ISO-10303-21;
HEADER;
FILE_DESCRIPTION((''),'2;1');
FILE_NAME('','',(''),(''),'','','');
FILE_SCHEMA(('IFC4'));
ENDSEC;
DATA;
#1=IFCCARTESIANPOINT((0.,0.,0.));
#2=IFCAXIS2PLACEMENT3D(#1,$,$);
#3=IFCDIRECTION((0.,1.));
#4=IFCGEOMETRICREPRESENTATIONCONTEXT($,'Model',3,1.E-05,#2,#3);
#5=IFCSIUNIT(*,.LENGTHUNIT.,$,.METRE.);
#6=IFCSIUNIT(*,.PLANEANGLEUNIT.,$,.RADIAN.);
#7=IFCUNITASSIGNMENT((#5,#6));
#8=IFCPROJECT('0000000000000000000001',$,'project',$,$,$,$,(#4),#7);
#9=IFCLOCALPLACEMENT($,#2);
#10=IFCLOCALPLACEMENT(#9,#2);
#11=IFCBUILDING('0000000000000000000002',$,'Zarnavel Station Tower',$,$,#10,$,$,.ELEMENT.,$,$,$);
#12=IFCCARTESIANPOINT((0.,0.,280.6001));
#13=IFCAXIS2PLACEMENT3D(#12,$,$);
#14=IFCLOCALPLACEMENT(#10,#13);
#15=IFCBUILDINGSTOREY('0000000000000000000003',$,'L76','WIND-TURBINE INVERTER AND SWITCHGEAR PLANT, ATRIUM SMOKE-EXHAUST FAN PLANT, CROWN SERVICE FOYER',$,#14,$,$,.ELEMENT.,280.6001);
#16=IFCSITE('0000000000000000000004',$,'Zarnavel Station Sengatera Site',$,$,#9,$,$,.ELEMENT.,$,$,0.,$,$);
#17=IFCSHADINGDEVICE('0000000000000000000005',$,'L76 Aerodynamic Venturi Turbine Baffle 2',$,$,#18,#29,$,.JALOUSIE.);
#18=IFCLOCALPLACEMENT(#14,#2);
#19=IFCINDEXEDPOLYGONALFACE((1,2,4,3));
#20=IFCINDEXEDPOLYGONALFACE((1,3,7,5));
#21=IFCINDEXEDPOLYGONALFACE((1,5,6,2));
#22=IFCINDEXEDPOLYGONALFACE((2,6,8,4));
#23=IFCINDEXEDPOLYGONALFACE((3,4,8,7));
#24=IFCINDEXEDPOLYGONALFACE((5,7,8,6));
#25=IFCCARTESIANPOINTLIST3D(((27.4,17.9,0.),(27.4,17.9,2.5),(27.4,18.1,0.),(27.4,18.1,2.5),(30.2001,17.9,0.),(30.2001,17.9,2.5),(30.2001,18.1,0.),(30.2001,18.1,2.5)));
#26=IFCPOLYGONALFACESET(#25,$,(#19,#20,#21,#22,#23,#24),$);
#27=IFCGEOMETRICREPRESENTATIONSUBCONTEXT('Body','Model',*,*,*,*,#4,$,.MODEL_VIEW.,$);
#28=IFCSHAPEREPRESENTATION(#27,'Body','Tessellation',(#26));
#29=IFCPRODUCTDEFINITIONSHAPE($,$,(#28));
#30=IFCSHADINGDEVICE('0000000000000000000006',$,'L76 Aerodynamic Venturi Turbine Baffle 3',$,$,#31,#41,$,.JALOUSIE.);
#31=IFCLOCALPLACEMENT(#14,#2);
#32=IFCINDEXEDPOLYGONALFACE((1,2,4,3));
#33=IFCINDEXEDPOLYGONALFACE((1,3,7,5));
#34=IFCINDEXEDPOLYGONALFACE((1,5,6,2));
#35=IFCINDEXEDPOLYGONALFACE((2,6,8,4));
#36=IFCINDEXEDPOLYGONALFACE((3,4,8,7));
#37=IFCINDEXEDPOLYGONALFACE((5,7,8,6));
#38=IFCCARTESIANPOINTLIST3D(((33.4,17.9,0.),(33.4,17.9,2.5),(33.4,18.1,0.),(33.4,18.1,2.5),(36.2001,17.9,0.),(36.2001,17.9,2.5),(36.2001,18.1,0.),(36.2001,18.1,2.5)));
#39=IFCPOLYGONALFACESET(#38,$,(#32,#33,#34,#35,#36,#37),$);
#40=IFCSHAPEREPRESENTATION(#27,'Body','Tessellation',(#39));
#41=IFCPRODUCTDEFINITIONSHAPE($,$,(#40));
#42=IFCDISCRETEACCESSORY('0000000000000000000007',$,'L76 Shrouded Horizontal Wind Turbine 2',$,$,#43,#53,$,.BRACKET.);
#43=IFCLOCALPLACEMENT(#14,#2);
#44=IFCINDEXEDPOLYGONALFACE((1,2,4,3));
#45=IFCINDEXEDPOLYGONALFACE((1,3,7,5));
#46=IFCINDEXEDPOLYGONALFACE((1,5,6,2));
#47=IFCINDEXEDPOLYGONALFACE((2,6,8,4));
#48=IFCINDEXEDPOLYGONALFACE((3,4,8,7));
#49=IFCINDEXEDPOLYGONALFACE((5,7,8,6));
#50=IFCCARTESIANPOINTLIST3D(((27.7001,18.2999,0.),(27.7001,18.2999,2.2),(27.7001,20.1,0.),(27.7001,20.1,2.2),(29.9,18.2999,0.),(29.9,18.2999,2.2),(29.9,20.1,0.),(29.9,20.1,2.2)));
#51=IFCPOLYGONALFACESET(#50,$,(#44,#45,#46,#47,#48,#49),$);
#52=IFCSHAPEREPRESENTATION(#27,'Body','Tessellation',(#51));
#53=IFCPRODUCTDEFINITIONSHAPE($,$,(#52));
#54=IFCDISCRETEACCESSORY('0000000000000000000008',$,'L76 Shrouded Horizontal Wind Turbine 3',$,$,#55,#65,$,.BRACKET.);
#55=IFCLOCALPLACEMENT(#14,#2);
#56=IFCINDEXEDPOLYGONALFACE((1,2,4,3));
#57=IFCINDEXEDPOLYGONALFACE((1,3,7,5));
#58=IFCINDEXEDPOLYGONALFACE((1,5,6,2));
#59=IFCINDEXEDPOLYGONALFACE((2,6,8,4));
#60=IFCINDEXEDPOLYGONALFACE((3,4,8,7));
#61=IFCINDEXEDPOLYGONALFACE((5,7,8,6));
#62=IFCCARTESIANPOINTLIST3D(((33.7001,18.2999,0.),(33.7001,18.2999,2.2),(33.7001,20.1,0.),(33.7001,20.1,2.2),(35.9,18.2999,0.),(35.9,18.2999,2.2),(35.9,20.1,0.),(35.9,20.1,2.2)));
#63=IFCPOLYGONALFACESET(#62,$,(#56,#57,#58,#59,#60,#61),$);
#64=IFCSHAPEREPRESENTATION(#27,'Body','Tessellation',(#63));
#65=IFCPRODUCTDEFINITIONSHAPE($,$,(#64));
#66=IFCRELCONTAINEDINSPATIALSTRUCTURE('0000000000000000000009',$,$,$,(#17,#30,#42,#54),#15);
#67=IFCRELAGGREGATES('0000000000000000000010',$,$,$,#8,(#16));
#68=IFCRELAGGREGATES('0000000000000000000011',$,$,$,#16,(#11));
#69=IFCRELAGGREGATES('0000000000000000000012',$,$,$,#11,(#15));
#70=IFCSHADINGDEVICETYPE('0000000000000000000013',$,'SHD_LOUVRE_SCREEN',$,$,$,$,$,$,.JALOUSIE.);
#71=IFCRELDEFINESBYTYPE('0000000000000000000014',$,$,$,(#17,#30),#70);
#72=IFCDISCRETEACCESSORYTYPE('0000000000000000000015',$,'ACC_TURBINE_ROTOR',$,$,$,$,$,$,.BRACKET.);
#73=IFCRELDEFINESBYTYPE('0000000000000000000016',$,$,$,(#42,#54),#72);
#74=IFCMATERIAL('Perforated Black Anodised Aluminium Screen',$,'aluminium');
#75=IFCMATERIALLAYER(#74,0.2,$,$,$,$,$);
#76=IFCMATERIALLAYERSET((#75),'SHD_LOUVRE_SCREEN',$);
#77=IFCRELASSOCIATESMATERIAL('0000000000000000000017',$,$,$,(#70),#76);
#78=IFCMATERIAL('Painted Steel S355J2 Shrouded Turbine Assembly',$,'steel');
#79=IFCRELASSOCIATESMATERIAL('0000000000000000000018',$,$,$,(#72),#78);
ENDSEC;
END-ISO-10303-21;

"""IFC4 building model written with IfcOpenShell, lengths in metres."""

from ifc_helpers import new_model, si_unit, direction, frame, origin, origin_2d, place, context, subcontext, project, spatial, rectangle, extrude, material, layer, layer_set, type_object, element, save


model = new_model("IFC4")

# Units and contexts
model_context = context("Model", 3, precision=1e-05, world=origin(), true_north=direction((0.0, 1.0)))
body_context = subcontext(model_context, "Body", "Model", "MODEL_VIEW")
ifc_project = project(units=[si_unit("LENGTHUNIT", "METRE"), si_unit("PLANEANGLEUNIT", "RADIAN")], contexts=[model_context])

# Site, building, storey
site_placement = place(None, origin())
site = spatial("IfcSite", under=ifc_project, at=site_placement, Name="Zarnavel Station Sengatera Site", CompositionType="ELEMENT", RefElevation=0.0)
building_placement = place(site_placement, origin())
building = spatial("IfcBuilding", under=site, at=building_placement, Name="Zarnavel Station Tower", CompositionType="ELEMENT")
storey_placement = place(building_placement, frame((0.0, 0.0, 280.6001)))
storey = spatial("IfcBuildingStorey", under=building, at=storey_placement, Name="L76", Description="WIND-TURBINE INVERTER AND SWITCHGEAR PLANT, ATRIUM SMOKE-EXHAUST FAN PLANT, CROWN SERVICE FOYER", CompositionType="ELEMENT", Elevation=280.6001)

# Shading devices
ifc_material_1 = material(Name="Perforated Black Anodised Aluminium Screen", Category="aluminium")
ifc_layer_1 = layer(ifc_material_1, 0.2)
ifc_layer_set_1 = layer_set([ifc_layer_1], Name="SHD_LOUVRE_SCREEN")
shading_device_type = type_object("IfcShadingDeviceType", Name="SHD_LOUVRE_SCREEN", PredefinedType="JALOUSIE", material=ifc_layer_set_1)
for number, where, z_axis, x_axis, name in (
    (1, (28.8, 18.0, 0.0), (0.0, 0.0, 1.0), (1.0, 0.0, 0.0), "L76 Aerodynamic Venturi Turbine Baffle 2"),
    (2, (34.8, 18.0, 0.0), (0.0, 0.0, 1.0), (1.0, 0.0, 0.0), "L76 Aerodynamic Venturi Turbine Baffle 3"),
):
    element("IfcShadingDevice", number, at=place(storey_placement, frame(where, z_axis=z_axis, x_axis=x_axis)), inside=storey, type_object=shading_device_type, Name=name, PredefinedType="JALOUSIE", context=body_context, shape_type="SweptSolid", body=[
        extrude(rectangle(XDim=2.8, YDim=0.2, at=origin_2d()), origin(), (0.0, 0.0, 1.0), 2.5),
    ])

# Discrete accessories
ifc_material_2 = material(Name="Painted Steel S355J2 Shrouded Turbine Assembly", Category="steel")
discrete_accessory_type = type_object("IfcDiscreteAccessoryType", Name="ACC_TURBINE_ROTOR", PredefinedType="BRACKET", material=ifc_material_2)
for number, where, z_axis, x_axis, name in (
    (3, (28.8, 19.2, 0.0), (0.0, 0.0, 1.0), (1.0, 0.0, 0.0), "L76 Shrouded Horizontal Wind Turbine 2"),
    (4, (34.8, 19.2, 0.0), (0.0, 0.0, 1.0), (1.0, 0.0, 0.0), "L76 Shrouded Horizontal Wind Turbine 3"),
):
    element("IfcDiscreteAccessory", number, at=place(storey_placement, frame(where, z_axis=z_axis, x_axis=x_axis)), inside=storey, type_object=discrete_accessory_type, Name=name, PredefinedType="BRACKET", context=body_context, shape_type="SweptSolid", body=[
        extrude(rectangle(XDim=2.2, YDim=1.8, at=origin_2d()), origin(), (0.0, 0.0, 1.0), 2.2),
    ])

save(model, "model.ifc")
